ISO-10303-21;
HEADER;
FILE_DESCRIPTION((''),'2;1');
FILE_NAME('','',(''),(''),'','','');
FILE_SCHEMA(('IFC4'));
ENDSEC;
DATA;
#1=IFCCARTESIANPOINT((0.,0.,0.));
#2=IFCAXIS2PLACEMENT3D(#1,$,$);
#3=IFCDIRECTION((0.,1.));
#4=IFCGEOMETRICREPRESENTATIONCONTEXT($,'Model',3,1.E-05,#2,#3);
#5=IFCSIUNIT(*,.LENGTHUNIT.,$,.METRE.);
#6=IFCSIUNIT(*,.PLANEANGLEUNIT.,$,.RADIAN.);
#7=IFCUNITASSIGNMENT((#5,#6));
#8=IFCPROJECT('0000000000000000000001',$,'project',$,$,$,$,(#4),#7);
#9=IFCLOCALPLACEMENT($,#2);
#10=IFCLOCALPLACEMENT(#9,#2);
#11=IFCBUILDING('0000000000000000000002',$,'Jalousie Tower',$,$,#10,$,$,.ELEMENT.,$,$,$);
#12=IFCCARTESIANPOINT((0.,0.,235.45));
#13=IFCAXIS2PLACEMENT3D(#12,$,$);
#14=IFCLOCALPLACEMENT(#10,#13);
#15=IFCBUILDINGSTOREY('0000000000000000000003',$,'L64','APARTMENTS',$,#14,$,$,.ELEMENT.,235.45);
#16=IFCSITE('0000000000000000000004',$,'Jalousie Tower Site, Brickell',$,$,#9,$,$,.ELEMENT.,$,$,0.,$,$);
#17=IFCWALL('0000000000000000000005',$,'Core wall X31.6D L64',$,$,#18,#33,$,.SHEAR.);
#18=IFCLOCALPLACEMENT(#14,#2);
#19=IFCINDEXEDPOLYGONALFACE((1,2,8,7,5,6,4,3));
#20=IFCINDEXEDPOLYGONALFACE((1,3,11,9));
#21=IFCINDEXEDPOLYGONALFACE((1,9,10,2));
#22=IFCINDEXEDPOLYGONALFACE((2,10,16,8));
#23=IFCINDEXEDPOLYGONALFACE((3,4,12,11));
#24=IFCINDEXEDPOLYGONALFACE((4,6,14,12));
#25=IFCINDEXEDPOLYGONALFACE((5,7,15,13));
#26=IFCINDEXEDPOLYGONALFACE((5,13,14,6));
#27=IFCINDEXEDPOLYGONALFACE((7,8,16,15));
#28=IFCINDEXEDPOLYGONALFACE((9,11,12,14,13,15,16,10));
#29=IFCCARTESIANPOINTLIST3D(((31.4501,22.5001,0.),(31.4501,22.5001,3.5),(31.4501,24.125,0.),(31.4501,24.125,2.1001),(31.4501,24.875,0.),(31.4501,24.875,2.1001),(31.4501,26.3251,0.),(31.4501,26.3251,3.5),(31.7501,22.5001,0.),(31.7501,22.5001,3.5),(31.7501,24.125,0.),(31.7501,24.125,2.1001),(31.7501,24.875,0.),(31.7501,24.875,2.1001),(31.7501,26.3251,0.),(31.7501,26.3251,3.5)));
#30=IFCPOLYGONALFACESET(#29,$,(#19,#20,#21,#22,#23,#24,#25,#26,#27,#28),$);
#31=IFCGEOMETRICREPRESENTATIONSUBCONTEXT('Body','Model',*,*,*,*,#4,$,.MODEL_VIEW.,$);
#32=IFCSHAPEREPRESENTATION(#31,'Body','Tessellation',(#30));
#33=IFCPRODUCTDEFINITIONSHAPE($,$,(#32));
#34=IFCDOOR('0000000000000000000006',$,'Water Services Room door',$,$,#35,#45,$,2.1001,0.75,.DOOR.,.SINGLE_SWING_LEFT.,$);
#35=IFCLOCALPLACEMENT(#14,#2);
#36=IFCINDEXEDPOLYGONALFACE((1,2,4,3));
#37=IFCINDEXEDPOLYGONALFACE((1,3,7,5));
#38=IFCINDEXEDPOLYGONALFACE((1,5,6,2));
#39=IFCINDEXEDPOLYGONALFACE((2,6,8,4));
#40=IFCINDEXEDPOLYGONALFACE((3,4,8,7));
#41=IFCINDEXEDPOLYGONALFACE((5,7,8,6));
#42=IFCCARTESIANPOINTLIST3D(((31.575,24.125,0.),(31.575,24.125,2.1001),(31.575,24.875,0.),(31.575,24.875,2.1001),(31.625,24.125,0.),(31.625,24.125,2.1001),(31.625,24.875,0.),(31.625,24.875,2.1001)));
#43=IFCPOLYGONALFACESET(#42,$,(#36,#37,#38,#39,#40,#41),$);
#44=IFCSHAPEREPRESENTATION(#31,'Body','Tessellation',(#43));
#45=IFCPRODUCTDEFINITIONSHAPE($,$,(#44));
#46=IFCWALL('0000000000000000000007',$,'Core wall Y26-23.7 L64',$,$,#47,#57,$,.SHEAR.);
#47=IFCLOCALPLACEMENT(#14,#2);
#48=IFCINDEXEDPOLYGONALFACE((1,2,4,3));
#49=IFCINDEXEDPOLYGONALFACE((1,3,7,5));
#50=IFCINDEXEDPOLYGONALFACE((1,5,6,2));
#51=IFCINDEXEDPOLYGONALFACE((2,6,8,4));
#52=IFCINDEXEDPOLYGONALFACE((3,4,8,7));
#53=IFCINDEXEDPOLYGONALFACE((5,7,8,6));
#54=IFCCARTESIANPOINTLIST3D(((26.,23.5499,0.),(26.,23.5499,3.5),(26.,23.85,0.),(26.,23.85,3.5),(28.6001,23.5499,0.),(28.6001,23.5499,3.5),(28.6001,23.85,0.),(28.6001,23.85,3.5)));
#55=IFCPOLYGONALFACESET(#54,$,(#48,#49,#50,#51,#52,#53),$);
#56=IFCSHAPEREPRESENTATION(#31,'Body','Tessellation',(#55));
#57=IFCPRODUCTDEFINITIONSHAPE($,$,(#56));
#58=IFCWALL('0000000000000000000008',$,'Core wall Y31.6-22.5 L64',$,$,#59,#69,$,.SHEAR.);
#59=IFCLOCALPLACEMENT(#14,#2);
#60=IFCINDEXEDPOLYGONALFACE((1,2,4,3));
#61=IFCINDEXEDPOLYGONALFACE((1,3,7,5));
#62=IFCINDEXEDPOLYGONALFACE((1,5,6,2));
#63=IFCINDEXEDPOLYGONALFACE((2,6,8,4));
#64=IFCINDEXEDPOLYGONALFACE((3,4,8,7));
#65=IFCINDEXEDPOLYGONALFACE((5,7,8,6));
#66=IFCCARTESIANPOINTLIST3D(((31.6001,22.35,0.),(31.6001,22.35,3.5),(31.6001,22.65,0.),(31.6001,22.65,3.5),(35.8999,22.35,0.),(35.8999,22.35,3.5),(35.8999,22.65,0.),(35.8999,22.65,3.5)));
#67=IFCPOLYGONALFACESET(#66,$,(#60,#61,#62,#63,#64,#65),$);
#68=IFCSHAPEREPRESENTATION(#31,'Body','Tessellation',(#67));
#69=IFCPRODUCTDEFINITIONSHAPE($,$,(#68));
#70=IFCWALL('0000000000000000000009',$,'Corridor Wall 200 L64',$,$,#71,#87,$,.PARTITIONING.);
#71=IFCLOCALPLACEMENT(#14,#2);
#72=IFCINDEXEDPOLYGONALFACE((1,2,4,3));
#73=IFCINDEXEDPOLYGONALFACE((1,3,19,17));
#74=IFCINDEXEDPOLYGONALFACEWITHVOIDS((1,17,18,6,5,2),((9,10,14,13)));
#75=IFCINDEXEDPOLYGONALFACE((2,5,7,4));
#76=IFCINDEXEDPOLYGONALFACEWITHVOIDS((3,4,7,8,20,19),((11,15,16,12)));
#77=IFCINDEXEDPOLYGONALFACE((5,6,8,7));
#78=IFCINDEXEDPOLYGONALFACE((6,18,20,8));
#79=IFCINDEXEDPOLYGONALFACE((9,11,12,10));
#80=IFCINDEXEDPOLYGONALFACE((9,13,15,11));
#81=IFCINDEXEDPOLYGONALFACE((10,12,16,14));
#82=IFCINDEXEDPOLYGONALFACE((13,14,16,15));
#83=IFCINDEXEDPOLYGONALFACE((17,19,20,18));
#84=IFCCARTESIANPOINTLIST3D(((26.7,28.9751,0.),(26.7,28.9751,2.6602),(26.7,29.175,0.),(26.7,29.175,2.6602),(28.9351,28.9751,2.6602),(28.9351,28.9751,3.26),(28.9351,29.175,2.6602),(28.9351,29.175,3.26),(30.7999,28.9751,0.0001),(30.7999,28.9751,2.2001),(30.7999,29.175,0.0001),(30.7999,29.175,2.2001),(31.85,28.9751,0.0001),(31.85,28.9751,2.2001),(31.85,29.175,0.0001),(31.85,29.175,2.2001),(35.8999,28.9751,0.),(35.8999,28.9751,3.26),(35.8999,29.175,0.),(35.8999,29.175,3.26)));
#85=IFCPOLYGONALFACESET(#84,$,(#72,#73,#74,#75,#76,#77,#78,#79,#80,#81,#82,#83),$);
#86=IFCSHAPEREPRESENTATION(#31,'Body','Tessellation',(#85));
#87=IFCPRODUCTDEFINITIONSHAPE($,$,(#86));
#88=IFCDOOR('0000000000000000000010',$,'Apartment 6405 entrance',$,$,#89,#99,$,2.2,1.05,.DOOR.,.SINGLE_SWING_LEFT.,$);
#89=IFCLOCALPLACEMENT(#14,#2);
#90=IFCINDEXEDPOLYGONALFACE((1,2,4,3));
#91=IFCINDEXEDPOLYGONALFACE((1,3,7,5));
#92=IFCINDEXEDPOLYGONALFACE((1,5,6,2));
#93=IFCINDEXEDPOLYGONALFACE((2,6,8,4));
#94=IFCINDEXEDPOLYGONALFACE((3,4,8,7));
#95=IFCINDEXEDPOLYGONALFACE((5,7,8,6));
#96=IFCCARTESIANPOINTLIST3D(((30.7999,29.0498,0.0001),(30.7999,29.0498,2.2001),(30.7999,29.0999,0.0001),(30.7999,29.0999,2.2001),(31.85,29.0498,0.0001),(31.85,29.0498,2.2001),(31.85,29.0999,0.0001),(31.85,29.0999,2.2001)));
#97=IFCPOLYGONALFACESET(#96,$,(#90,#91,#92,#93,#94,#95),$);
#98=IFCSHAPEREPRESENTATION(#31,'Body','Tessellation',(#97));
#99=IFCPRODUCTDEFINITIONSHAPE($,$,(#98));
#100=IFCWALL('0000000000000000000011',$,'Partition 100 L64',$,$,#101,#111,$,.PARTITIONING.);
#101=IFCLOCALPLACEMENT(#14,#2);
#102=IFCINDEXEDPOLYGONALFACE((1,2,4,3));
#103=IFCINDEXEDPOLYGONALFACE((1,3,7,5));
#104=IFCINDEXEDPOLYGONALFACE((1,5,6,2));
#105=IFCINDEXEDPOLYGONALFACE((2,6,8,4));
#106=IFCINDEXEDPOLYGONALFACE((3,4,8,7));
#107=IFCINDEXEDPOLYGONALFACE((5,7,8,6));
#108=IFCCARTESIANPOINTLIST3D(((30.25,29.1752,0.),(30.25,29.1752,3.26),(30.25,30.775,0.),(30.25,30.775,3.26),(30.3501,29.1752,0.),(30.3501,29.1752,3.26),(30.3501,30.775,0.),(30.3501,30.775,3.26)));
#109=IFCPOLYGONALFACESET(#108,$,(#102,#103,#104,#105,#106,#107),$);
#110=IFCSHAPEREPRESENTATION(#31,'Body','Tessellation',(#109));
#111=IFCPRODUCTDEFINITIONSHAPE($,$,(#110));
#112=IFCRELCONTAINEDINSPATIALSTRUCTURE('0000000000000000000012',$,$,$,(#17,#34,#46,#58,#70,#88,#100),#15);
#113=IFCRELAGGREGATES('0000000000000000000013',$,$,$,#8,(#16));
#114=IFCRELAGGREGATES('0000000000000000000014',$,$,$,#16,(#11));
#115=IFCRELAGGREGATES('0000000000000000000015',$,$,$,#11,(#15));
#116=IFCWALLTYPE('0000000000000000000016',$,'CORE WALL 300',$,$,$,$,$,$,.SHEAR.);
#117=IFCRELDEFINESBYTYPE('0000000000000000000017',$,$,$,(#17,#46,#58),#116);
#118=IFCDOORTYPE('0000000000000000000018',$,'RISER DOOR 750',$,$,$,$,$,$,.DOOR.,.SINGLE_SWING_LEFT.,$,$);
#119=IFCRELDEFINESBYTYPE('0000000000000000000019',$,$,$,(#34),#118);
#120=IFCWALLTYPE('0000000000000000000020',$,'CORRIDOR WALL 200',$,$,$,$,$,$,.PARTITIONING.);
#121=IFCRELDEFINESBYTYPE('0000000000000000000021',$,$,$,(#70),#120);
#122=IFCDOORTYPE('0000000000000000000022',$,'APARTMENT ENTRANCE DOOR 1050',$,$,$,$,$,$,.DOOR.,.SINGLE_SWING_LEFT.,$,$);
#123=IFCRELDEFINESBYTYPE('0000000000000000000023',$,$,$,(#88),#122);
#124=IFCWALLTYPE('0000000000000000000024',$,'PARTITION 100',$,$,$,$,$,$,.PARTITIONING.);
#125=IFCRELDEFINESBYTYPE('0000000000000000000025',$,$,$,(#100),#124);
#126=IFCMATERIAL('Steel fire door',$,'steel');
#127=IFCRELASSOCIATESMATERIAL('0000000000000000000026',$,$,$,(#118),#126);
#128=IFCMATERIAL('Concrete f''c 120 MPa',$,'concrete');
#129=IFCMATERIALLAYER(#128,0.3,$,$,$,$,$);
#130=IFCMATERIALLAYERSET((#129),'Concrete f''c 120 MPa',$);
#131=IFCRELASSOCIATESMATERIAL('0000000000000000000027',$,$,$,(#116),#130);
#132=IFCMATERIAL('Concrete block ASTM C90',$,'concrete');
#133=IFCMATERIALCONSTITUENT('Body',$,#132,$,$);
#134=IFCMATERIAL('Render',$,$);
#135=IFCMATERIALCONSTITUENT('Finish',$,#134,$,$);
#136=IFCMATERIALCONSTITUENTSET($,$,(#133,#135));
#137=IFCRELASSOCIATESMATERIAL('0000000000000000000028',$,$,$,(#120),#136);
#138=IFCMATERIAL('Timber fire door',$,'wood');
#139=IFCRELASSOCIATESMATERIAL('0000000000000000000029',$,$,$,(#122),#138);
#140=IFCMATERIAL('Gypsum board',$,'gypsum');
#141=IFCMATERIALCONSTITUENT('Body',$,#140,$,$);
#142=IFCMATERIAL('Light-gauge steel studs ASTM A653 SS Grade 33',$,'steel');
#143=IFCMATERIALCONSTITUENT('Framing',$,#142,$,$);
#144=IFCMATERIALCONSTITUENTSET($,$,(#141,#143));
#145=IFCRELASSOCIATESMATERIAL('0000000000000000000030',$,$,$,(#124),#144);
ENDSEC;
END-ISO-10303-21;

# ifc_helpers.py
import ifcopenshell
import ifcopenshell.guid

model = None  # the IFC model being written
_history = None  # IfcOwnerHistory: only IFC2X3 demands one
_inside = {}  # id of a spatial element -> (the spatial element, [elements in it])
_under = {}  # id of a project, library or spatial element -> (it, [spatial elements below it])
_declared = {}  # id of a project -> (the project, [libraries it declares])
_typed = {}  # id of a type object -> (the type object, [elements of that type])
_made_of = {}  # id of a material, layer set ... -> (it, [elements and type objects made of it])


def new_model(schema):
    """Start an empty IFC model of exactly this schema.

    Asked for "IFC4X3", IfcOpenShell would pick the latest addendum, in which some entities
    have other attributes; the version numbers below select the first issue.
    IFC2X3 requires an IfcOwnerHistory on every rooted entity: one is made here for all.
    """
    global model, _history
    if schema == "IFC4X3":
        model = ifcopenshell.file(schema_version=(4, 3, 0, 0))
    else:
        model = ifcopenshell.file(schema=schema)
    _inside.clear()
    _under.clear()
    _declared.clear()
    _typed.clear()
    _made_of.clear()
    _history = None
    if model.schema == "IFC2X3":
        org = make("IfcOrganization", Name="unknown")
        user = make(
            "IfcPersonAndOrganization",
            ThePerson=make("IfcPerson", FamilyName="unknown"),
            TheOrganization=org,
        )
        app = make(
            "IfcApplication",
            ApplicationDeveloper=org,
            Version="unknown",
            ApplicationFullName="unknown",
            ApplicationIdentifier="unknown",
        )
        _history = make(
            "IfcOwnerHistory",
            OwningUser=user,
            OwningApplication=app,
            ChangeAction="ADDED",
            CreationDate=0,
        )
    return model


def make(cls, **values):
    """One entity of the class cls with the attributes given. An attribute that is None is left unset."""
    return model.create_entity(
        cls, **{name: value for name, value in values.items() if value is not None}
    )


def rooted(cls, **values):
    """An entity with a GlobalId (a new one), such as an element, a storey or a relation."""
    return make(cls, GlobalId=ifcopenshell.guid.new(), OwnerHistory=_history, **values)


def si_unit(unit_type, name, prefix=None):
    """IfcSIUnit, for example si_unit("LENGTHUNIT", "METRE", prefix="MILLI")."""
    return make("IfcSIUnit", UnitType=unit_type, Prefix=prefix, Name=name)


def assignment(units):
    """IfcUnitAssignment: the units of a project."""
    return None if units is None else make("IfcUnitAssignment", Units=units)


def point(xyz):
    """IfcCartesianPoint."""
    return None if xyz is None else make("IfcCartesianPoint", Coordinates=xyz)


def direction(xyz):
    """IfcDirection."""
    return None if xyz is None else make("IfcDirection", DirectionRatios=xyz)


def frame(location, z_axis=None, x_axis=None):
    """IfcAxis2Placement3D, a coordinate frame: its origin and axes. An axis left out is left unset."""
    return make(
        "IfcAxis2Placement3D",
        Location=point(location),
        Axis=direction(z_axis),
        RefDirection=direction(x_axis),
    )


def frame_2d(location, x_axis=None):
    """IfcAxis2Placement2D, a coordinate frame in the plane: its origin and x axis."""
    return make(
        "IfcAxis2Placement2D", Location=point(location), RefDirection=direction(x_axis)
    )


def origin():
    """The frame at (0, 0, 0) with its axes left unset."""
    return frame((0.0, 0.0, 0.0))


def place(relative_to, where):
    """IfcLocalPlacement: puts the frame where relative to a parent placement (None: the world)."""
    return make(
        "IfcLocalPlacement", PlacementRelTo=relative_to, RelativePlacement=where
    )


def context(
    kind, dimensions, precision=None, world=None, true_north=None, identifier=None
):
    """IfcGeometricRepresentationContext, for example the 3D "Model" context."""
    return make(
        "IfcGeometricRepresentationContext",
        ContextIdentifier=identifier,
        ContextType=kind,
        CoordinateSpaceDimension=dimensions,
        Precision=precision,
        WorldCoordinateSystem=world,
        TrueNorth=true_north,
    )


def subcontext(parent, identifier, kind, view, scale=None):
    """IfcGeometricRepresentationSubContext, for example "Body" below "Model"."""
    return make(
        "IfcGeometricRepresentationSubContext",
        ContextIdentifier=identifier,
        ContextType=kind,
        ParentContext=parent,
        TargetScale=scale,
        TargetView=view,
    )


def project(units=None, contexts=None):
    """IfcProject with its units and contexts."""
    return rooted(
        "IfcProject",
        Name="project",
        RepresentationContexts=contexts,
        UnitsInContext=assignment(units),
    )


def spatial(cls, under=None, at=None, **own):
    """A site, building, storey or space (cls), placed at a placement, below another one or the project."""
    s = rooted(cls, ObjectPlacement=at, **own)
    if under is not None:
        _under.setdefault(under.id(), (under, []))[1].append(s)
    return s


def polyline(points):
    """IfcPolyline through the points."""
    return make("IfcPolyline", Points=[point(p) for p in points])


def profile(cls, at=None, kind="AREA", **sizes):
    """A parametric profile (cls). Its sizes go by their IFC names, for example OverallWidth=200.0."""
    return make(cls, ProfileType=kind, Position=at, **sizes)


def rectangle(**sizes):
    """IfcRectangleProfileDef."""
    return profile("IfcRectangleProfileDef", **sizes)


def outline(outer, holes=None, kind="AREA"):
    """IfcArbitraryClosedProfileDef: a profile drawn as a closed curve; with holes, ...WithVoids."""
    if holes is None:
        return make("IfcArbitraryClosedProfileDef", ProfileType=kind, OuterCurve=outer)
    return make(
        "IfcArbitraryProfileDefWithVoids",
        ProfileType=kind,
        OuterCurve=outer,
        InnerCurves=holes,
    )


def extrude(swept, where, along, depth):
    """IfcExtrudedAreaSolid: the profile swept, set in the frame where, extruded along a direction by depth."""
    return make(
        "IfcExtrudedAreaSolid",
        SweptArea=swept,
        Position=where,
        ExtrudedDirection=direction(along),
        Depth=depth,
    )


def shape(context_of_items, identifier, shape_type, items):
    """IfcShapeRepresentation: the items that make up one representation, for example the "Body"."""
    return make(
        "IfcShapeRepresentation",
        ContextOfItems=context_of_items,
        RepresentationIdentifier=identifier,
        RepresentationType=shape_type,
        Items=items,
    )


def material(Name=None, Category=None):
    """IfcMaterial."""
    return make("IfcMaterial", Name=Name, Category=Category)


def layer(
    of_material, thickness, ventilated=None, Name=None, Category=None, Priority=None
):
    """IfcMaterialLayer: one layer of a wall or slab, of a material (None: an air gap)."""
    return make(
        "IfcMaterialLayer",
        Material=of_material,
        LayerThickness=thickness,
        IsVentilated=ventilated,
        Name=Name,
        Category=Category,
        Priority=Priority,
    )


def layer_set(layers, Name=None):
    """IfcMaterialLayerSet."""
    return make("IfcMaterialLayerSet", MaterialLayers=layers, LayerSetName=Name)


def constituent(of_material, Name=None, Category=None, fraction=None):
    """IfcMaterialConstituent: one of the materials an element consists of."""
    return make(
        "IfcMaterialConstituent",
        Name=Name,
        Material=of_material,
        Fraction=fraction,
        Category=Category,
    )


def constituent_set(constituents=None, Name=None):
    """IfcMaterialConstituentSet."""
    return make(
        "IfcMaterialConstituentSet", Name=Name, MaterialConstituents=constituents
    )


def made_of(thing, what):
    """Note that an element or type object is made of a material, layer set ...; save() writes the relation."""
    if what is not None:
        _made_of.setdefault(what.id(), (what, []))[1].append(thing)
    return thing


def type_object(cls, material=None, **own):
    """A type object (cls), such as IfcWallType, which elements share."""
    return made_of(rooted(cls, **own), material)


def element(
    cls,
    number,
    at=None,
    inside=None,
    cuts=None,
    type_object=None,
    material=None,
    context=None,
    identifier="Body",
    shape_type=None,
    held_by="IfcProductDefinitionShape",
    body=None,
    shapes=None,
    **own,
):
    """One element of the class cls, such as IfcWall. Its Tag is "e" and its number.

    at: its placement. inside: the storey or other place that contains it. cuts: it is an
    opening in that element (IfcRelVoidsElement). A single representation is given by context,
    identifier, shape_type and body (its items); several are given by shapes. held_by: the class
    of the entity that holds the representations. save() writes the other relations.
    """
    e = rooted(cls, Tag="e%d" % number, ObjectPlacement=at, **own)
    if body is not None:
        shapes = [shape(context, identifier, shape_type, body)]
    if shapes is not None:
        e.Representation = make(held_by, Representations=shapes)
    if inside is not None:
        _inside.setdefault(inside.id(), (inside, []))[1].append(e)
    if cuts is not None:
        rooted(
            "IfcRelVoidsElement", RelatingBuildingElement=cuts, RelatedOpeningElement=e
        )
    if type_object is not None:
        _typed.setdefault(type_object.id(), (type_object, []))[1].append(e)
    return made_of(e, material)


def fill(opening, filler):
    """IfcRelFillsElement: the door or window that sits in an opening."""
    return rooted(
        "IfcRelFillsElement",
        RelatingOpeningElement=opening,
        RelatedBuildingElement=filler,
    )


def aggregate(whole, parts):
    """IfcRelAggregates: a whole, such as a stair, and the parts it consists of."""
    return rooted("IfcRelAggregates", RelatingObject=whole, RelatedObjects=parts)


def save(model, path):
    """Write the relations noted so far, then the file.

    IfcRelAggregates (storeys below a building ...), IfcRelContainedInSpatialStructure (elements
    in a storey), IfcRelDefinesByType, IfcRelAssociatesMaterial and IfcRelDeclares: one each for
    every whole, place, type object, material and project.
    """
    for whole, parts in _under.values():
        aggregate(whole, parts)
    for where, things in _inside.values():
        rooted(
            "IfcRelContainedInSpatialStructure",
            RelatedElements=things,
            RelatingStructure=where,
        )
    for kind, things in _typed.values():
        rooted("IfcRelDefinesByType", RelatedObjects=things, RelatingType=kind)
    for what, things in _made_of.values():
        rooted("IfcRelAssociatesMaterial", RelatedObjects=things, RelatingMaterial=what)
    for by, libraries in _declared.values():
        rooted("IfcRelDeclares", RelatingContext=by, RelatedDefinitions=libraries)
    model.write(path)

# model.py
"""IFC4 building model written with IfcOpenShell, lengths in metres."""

from ifc_helpers import new_model, si_unit, direction, frame, frame_2d, origin, place, context, subcontext, project, spatial, polyline, rectangle, outline, extrude, material, layer, layer_set, constituent, constituent_set, type_object, element, fill, save


model = new_model("IFC4")

# Units and contexts
model_context = context("Model", 3, precision=1e-05, world=origin(), true_north=direction((0.0, 1.0)))
body_context = subcontext(model_context, "Body", "Model", "MODEL_VIEW")
ifc_project = project(units=[si_unit("LENGTHUNIT", "METRE"), si_unit("PLANEANGLEUNIT", "RADIAN")], contexts=[model_context])

# Site, building, storey
site_placement = place(None, origin())
site = spatial("IfcSite", under=ifc_project, at=site_placement, Name="Jalousie Tower Site, Brickell", CompositionType="ELEMENT", RefElevation=0.0)
building_placement = place(site_placement, origin())
building = spatial("IfcBuilding", under=site, at=building_placement, Name="Jalousie Tower", CompositionType="ELEMENT")
storey_placement = place(building_placement, frame((0.0, 0.0, 235.45)))
storey = spatial("IfcBuildingStorey", under=building, at=storey_placement, Name="L64", Description="APARTMENTS", CompositionType="ELEMENT", Elevation=235.45)

# Shared definitions
ifc_material_1 = material(Name="Steel fire door", Category="steel")
door_type_1 = type_object("IfcDoorType", Name="RISER DOOR 750", OperationType="SINGLE_SWING_LEFT", PredefinedType="DOOR", material=ifc_material_1)

# Shared definitions
ifc_material_2 = material(Name="Concrete f'c 120 MPa", Category="concrete")
ifc_layer_1 = layer(ifc_material_2, 0.3)
ifc_layer_set_1 = layer_set([ifc_layer_1], Name="Concrete f'c 120 MPa")
wall_type_1 = type_object("IfcWallType", Name="CORE WALL 300", PredefinedType="SHEAR", material=ifc_layer_set_1)

# Wall, opening, door
wall_1_placement = place(storey_placement, frame((31.6001, 22.5, 0.0), z_axis=(0.0, 0.0, 1.0), x_axis=(0.0, 1.0, 0.0)))
wall_1 = element("IfcWall", 1, at=wall_1_placement, inside=storey, type_object=wall_type_1, Name="Core wall X31.6D L64", PredefinedType="SHEAR", context=body_context, shape_type="SweptSolid", body=[
    extrude(rectangle(XDim=3.825, YDim=0.3, at=frame_2d((1.9126, 0.0))), origin(), (0.0, 0.0, 1.0), 3.5),
])
opening_1_placement = place(wall_1_placement, frame((1.625, 0.0, 0.0)))
opening_1 = element("IfcOpeningElement", 2, at=opening_1_placement, cuts=wall_1, PredefinedType="OPENING", context=body_context, shape_type="SweptSolid", body=[
    extrude(rectangle(XDim=0.75, YDim=2.1001, at=frame_2d((0.375, 1.05))), frame((0.0, 0.1599, 0.0), z_axis=(0.0, -1.0, 0.0), x_axis=(1.0, 0.0, 0.0)), (0.0, 0.0, 1.0), 0.3201),
])
door_1_placement = place(opening_1_placement, frame((0.75, 0.0, 0.0), z_axis=(0.0, 0.0, 1.0), x_axis=(-1.0, 0.0, 0.0)))
door_1 = element("IfcDoor", 3, at=door_1_placement, inside=storey, type_object=door_type_1, Name="Water Services Room door", OperationType="SINGLE_SWING_LEFT", OverallHeight=2.1001, OverallWidth=0.75, PredefinedType="DOOR", context=body_context, shape_type="SweptSolid", body=[
    extrude(rectangle(XDim=0.75, YDim=2.1001, at=frame_2d((0.375, 1.05))), frame((0.0, 0.0249, 0.0), z_axis=(0.0, -1.0, 0.0), x_axis=(1.0, 0.0, 0.0)), (0.0, 0.0, 1.0), 0.05),
])
fill(opening_1, door_1)

# Walls
wall_2_placement = place(storey_placement, frame((26.0, 23.7, 0.0), z_axis=(0.0, 0.0, 1.0), x_axis=(1.0, 0.0, 0.0)))
element("IfcWall", 4, at=wall_2_placement, inside=storey, type_object=wall_type_1, Name="Core wall Y26-23.7 L64", PredefinedType="SHEAR", context=body_context, shape_type="SweptSolid", body=[
    extrude(rectangle(XDim=2.6001, YDim=0.3, at=frame_2d((1.3, 0.0))), origin(), (0.0, 0.0, 1.0), 3.5),
])
wall_3_placement = place(storey_placement, frame((31.6001, 22.5, 0.0), z_axis=(0.0, 0.0, 1.0), x_axis=(1.0, 0.0, 0.0)))
element("IfcWall", 5, at=wall_3_placement, inside=storey, type_object=wall_type_1, Name="Core wall Y31.6-22.5 L64", PredefinedType="SHEAR", context=body_context, shape_type="SweptSolid", body=[
    extrude(rectangle(XDim=4.2998, YDim=0.3, at=frame_2d((2.1499, 0.0))), origin(), (0.0, 0.0, 1.0), 3.5),
])

# Wall, opening, door
ifc_material_3 = material(Name="Concrete block ASTM C90", Category="concrete")
ifc_constituent_1 = constituent(ifc_material_3, Name="Body")
ifc_material_4 = material(Name="Render")
ifc_constituent_2 = constituent(ifc_material_4, Name="Finish")
ifc_constituent_set_1 = constituent_set(constituents=[ifc_constituent_1, ifc_constituent_2])
wall_type_2 = type_object("IfcWallType", Name="CORRIDOR WALL 200", PredefinedType="PARTITIONING", material=ifc_constituent_set_1)
wall_4_placement = place(storey_placement, frame((26.7, 29.075, 0.0), z_axis=(0.0, 0.0, 1.0), x_axis=(1.0, 0.0, 0.0)))
wall_4 = element("IfcWall", 6, at=wall_4_placement, inside=storey, type_object=wall_type_2, Name="Corridor Wall 200 L64", PredefinedType="PARTITIONING", context=body_context, shape_type="SweptSolid", body=[
    extrude(outline(polyline([(0.0, 0.0), (9.2, 0.0), (9.2, 3.26), (2.2351, 3.26), (2.2351, 2.6602), (0.0, 2.6602), (0.0, 3.26), (0.0, 0.0)])), frame((0.0, 0.1001, 0.0), z_axis=(0.0, -1.0, 0.0), x_axis=(1.0, 0.0, 0.0)), (0.0, 0.0, 1.0), 0.2),
])
opening_2_placement = place(wall_4_placement, frame((4.1001, 0.0, 0.0)))
opening_2 = element("IfcOpeningElement", 7, at=opening_2_placement, cuts=wall_4, PredefinedType="OPENING", context=body_context, shape_type="SweptSolid", body=[
    extrude(rectangle(XDim=1.05, YDim=2.2, at=frame_2d((0.5249, 1.1001))), frame((0.0, 0.1099, 0.0), z_axis=(0.0, -1.0, 0.0), x_axis=(1.0, 0.0, 0.0)), (0.0, 0.0, 1.0), 0.22),
])
ifc_material_5 = material(Name="Timber fire door", Category="wood")
door_type_2 = type_object("IfcDoorType", Name="APARTMENT ENTRANCE DOOR 1050", OperationType="SINGLE_SWING_LEFT", PredefinedType="DOOR", material=ifc_material_5)
door_2_placement = place(opening_2_placement, origin())
door_2 = element("IfcDoor", 8, at=door_2_placement, inside=storey, type_object=door_type_2, Name="Apartment 6405 entrance", OperationType="SINGLE_SWING_LEFT", OverallHeight=2.2, OverallWidth=1.05, PredefinedType="DOOR", context=body_context, shape_type="SweptSolid", body=[
    extrude(rectangle(XDim=1.05, YDim=2.2, at=frame_2d((0.5249, 1.1001))), frame((0.0, 0.0249, 0.0), z_axis=(0.0, -1.0, 0.0), x_axis=(1.0, 0.0, 0.0)), (0.0, 0.0, 1.0), 0.05),
])
fill(opening_2, door_2)

# Wall
ifc_material_6 = material(Name="Gypsum board", Category="gypsum")
ifc_constituent_3 = constituent(ifc_material_6, Name="Body")
ifc_material_7 = material(Name="Light-gauge steel studs ASTM A653 SS Grade 33", Category="steel")
ifc_constituent_4 = constituent(ifc_material_7, Name="Framing")
ifc_constituent_set_2 = constituent_set(constituents=[ifc_constituent_3, ifc_constituent_4])
wall_type_3 = type_object("IfcWallType", Name="PARTITION 100", PredefinedType="PARTITIONING", material=ifc_constituent_set_2)
wall_5_placement = place(storey_placement, frame((30.3, 30.7749, 0.0), z_axis=(0.0, 0.0, 1.0), x_axis=(0.0, -1.0, 0.0)))
element("IfcWall", 9, at=wall_5_placement, inside=storey, type_object=wall_type_3, Name="Partition 100 L64", PredefinedType="PARTITIONING", context=body_context, shape_type="SweptSolid", body=[
    extrude(rectangle(XDim=1.5999, YDim=0.1001, at=frame_2d((0.7998, 0.0))), origin(), (0.0, 0.0, 1.0), 3.26),
])

save(model, "model.ifc")
